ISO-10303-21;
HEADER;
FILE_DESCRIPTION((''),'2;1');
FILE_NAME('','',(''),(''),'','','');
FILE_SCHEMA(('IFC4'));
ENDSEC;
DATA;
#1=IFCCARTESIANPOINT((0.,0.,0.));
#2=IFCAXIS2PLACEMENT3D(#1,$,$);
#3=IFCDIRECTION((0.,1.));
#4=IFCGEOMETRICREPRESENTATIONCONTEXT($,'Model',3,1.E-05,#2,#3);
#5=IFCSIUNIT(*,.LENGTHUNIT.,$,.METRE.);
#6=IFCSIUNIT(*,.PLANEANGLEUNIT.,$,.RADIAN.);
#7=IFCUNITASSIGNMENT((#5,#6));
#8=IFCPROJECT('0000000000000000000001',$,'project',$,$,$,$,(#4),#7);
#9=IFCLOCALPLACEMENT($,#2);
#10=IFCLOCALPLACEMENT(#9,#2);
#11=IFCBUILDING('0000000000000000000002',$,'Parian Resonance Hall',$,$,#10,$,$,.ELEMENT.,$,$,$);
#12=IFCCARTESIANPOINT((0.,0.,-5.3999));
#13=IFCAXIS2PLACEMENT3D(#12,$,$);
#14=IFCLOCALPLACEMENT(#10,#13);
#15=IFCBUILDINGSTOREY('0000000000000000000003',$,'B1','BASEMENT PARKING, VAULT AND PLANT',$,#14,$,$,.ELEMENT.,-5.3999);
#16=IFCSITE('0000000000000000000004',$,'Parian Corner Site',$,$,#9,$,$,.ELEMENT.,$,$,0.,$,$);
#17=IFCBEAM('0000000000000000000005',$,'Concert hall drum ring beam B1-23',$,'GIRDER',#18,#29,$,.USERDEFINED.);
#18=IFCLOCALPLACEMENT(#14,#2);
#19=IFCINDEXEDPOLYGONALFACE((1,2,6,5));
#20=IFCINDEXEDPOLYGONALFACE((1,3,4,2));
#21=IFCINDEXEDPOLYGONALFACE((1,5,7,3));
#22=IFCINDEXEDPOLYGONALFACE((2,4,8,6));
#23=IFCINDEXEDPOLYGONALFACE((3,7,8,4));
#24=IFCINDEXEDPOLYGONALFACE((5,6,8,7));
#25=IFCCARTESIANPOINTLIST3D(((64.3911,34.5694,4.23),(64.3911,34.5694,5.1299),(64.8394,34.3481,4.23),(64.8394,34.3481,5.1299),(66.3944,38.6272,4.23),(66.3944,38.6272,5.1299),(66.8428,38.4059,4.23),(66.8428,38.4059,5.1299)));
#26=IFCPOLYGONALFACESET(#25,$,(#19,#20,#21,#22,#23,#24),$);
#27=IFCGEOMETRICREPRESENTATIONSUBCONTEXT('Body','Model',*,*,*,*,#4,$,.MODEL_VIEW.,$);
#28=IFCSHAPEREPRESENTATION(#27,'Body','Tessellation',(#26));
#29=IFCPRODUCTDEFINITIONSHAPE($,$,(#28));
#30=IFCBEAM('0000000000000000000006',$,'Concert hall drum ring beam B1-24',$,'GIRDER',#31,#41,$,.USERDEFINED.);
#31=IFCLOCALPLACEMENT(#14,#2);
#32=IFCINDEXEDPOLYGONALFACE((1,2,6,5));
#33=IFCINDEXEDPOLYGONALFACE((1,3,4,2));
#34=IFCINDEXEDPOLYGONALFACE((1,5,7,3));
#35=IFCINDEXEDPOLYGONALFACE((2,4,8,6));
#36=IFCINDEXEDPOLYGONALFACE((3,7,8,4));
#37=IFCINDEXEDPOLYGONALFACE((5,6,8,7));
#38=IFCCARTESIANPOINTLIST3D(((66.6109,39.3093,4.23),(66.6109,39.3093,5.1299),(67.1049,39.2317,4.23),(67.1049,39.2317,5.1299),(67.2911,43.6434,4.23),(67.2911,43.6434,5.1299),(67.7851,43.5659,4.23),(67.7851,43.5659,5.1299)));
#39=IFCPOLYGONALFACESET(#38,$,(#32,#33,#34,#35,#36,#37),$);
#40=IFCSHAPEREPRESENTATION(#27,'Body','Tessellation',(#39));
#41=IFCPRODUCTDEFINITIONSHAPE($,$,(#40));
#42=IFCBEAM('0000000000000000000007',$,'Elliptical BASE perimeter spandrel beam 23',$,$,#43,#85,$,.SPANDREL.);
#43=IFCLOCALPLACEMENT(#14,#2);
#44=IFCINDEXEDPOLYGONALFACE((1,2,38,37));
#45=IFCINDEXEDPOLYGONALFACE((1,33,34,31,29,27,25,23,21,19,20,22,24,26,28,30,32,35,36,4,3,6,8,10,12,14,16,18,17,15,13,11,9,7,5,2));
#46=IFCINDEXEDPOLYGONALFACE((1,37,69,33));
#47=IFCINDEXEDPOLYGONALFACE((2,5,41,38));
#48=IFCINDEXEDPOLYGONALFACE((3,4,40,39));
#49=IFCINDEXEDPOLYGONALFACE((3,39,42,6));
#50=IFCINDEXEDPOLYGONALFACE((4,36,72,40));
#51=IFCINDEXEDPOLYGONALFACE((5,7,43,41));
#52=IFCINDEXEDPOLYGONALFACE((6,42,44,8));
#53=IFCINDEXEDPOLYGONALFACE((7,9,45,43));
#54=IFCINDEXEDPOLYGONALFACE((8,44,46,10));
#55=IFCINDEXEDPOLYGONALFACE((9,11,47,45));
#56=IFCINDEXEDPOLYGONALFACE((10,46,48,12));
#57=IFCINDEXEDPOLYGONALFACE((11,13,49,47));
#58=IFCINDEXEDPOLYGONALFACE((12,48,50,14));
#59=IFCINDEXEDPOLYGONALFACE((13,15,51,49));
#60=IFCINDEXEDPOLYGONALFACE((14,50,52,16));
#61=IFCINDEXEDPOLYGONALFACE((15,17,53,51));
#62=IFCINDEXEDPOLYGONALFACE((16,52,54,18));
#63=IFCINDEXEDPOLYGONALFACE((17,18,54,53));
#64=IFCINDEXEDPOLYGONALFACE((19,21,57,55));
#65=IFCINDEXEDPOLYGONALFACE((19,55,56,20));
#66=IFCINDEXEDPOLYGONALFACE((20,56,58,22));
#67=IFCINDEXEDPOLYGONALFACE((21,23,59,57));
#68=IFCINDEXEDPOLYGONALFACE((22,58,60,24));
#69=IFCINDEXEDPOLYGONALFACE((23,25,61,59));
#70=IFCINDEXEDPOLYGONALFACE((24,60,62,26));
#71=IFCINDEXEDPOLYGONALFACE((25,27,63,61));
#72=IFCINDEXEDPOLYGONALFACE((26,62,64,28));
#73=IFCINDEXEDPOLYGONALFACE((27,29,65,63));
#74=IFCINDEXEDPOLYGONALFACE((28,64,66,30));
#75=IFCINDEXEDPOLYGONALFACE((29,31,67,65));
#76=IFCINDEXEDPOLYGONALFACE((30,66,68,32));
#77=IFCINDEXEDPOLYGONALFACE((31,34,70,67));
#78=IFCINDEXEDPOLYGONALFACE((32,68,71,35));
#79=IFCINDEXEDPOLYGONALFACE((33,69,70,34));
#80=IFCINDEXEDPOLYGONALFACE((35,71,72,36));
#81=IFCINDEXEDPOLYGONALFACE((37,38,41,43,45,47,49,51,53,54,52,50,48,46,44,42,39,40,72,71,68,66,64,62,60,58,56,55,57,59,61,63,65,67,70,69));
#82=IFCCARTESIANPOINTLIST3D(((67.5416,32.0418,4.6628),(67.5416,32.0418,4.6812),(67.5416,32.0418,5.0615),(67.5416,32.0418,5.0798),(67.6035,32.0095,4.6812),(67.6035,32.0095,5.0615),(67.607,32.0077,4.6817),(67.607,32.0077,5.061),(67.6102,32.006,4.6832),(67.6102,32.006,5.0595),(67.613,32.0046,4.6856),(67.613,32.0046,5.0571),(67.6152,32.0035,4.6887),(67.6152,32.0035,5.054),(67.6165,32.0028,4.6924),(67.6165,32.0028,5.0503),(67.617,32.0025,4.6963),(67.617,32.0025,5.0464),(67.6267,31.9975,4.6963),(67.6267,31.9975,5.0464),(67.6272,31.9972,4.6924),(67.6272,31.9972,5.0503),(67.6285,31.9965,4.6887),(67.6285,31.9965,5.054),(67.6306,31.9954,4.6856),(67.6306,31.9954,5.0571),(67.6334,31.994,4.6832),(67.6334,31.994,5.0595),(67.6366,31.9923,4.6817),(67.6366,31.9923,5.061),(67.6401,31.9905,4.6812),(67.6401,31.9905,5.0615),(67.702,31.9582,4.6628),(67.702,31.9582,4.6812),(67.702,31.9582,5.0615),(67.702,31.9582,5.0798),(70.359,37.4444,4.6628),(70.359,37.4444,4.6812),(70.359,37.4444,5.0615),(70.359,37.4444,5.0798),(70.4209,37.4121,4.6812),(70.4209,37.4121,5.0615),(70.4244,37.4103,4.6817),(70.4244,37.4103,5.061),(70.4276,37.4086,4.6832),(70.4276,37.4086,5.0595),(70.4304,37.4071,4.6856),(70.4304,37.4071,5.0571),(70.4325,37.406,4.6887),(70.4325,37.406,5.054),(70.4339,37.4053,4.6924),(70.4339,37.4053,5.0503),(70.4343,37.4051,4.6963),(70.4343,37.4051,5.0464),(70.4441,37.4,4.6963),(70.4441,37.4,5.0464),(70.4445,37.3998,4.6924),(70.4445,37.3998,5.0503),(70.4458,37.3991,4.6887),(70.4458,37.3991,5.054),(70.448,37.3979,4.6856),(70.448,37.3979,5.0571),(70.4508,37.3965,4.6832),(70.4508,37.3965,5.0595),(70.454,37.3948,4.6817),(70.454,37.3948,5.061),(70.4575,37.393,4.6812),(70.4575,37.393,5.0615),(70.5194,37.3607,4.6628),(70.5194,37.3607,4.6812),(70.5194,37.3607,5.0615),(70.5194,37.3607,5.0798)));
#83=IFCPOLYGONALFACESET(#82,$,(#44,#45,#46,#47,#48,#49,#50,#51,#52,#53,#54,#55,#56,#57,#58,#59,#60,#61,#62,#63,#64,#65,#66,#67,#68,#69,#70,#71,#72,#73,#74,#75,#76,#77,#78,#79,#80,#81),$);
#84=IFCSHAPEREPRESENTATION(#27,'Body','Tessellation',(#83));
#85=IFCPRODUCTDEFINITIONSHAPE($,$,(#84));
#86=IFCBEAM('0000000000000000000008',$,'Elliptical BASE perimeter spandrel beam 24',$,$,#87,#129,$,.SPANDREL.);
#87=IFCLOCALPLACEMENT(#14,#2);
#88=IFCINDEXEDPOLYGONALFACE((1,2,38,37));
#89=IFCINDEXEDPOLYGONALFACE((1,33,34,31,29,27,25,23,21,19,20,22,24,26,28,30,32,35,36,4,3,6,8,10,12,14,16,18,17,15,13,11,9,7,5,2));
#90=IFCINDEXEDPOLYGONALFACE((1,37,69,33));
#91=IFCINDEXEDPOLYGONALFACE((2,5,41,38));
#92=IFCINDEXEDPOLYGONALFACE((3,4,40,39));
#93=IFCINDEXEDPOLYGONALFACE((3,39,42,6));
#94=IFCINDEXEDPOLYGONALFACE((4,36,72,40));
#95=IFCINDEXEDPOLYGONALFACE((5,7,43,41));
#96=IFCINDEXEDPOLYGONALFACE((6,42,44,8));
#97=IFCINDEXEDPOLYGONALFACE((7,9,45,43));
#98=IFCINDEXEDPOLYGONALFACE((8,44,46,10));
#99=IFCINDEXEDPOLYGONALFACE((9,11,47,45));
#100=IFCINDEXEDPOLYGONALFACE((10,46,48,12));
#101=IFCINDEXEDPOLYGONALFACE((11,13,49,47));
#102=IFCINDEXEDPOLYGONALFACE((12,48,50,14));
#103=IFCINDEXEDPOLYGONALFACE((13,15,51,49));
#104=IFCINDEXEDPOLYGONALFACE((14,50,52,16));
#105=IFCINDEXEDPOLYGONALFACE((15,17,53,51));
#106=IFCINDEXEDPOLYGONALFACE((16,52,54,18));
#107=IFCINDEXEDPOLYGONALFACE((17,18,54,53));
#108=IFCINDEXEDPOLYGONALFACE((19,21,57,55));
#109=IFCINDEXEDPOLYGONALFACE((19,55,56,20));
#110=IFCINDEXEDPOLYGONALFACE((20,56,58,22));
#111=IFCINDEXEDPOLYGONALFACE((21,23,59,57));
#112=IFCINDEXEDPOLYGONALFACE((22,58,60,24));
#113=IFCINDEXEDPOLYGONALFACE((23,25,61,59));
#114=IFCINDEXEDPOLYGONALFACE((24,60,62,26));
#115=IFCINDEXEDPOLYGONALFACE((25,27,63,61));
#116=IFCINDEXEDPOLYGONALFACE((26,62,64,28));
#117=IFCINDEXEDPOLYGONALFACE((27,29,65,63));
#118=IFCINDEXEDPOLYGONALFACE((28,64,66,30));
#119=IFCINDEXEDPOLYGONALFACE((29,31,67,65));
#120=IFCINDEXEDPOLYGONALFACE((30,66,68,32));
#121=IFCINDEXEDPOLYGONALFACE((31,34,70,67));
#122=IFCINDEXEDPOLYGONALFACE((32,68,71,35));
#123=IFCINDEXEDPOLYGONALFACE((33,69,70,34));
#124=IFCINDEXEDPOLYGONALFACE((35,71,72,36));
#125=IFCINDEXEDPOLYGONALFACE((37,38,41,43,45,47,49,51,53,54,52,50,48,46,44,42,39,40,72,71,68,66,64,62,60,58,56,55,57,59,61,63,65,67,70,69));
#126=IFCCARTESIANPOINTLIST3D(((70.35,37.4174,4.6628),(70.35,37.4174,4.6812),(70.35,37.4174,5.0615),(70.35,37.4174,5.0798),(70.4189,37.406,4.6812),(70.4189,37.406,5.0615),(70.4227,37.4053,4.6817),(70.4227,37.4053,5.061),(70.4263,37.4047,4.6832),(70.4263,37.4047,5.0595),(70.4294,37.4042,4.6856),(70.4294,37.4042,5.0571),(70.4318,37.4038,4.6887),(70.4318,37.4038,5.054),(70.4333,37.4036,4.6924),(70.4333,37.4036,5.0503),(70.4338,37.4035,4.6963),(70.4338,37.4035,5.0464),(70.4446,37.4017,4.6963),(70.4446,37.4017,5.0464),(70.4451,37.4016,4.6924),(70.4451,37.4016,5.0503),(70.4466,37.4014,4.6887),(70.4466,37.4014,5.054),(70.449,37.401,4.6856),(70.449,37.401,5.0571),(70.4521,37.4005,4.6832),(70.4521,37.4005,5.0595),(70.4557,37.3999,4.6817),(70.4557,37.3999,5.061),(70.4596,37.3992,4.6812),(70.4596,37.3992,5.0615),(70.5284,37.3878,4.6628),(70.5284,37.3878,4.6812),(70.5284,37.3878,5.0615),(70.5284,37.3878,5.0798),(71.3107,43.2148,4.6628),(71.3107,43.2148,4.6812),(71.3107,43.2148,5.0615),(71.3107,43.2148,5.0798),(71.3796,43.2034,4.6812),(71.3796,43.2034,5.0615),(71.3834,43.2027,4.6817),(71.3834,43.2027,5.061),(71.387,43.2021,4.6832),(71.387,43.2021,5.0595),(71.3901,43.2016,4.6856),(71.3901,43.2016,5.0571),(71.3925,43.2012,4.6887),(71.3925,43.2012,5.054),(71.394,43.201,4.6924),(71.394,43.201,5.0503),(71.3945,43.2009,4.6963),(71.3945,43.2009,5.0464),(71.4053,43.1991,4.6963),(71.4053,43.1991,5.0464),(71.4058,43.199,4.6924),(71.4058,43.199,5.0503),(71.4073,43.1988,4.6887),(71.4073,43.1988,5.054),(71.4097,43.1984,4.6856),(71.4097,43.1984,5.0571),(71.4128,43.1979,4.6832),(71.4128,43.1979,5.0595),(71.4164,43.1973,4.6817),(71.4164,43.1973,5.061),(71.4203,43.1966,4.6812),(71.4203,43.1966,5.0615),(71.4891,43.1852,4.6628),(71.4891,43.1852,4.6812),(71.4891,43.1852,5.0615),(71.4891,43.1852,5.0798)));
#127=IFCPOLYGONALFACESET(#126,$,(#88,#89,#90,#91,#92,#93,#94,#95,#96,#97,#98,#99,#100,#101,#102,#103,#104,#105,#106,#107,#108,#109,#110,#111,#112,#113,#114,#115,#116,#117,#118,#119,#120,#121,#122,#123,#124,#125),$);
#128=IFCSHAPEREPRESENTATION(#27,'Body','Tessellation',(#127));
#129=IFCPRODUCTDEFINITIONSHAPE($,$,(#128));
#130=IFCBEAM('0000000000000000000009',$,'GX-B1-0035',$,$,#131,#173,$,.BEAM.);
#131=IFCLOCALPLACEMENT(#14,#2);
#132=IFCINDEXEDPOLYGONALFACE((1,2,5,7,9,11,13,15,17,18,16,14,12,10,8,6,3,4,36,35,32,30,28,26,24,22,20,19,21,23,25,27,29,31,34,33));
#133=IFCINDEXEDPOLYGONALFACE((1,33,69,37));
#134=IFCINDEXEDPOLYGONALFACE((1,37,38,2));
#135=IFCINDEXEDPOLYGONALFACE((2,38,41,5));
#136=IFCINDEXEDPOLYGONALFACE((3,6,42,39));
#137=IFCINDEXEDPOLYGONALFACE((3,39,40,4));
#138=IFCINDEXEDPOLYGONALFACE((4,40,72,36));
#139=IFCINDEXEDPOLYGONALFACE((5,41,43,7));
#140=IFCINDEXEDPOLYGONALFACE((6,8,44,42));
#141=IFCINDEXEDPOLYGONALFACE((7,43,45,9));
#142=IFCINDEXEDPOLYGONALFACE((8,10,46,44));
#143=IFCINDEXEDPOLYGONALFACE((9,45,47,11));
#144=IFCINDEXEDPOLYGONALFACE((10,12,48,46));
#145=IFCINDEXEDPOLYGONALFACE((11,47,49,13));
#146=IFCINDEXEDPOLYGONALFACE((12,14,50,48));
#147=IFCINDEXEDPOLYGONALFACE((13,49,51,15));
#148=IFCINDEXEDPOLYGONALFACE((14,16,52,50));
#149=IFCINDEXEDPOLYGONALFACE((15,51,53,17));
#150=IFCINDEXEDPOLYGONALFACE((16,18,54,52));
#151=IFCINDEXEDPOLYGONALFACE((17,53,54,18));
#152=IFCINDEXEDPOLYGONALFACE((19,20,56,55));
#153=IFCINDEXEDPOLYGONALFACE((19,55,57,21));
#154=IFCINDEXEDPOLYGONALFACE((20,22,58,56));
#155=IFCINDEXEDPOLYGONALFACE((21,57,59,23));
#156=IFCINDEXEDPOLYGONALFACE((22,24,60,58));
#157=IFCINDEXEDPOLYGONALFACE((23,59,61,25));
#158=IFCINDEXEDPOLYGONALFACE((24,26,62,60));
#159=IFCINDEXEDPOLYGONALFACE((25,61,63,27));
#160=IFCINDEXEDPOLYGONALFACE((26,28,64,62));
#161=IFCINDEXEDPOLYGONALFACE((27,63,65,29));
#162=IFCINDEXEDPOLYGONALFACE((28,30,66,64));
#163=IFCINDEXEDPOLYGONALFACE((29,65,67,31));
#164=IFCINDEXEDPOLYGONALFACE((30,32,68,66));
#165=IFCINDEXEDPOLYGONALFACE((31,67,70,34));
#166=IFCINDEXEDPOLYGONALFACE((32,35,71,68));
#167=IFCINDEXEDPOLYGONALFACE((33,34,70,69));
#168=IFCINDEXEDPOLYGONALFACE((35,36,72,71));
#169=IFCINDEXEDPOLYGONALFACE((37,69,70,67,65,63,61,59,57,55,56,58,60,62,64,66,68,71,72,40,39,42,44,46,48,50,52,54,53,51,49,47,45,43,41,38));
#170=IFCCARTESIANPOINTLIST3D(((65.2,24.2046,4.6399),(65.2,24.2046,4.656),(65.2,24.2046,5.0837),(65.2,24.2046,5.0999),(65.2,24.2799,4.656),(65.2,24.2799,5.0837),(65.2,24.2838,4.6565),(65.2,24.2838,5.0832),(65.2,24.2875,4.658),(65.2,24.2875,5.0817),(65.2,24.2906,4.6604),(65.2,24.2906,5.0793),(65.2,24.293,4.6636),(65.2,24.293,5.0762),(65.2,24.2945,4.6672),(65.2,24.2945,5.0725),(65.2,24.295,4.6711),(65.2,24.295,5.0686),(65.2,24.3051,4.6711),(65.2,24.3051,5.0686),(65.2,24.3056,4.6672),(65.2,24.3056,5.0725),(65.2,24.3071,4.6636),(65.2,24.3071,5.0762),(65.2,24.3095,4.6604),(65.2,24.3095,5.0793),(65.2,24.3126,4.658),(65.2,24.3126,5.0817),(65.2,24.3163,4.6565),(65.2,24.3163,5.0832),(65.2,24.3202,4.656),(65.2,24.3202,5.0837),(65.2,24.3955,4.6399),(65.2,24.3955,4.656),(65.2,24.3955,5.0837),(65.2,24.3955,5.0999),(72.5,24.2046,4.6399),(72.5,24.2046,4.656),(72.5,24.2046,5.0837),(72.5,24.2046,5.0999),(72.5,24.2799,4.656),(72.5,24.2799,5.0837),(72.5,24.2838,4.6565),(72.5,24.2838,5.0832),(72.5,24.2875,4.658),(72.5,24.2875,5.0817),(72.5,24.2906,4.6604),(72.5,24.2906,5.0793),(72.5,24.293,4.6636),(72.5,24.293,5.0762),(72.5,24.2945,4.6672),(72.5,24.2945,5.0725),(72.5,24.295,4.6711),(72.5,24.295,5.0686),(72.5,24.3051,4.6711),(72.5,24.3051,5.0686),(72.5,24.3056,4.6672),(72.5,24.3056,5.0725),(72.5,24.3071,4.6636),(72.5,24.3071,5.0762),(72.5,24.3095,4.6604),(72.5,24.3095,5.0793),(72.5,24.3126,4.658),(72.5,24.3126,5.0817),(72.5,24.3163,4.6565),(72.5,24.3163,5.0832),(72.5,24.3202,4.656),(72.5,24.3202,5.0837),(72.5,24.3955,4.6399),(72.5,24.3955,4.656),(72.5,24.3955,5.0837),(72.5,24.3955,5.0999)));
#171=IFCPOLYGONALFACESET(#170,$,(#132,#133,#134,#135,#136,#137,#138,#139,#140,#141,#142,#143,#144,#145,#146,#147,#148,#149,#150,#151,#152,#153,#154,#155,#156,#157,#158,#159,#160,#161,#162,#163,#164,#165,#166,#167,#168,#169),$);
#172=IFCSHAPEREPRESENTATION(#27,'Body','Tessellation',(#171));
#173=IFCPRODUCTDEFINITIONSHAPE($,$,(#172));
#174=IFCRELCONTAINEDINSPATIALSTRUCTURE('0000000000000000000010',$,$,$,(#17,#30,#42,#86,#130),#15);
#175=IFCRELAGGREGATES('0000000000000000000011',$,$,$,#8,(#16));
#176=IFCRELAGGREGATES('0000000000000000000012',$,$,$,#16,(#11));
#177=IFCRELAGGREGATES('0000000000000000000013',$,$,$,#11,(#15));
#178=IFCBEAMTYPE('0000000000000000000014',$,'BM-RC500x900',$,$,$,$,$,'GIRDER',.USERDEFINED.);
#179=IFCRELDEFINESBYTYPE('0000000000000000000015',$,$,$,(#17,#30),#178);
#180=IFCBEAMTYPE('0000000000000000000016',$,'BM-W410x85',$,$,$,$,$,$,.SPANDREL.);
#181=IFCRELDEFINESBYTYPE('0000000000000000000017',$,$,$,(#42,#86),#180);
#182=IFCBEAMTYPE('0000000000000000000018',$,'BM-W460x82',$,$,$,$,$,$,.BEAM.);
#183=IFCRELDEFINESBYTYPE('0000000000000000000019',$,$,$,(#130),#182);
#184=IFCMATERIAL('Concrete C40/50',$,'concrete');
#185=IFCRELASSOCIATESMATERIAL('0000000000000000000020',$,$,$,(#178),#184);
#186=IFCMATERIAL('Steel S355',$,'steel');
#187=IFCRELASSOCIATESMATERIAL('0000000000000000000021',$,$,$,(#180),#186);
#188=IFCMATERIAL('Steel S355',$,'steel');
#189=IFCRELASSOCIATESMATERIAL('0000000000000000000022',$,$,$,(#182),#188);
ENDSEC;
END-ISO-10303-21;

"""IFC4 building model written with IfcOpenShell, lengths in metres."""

from ifc_helpers import new_model, si_unit, direction, frame, origin, origin_2d, place, context, subcontext, project, spatial, rectangle, i_section, extrude, material, material_profile, profile_set, type_object, element, save


model = new_model("IFC4")

# Units and contexts
model_context = context("Model", 3, precision=1e-05, world=origin(), true_north=direction((0.0, 1.0)))
body_context = subcontext(model_context, "Body", "Model", "MODEL_VIEW")
ifc_project = project(units=[si_unit("LENGTHUNIT", "METRE"), si_unit("PLANEANGLEUNIT", "RADIAN")], contexts=[model_context])

# Site, building, storey
site_placement = place(None, origin())
site = spatial("IfcSite", under=ifc_project, at=site_placement, Name="Parian Corner Site", CompositionType="ELEMENT", RefElevation=0.0)
building_placement = place(site_placement, origin())
building = spatial("IfcBuilding", under=site, at=building_placement, Name="Parian Resonance Hall", CompositionType="ELEMENT")
storey_placement = place(building_placement, frame((0.0, 0.0, -5.3999)))
storey = spatial("IfcBuildingStorey", under=building, at=storey_placement, Name="B1", Description="BASEMENT PARKING, VAULT AND PLANT", CompositionType="ELEMENT", Elevation=-5.3999)

# Beams
ifc_material_1 = material(Name="Concrete C40/50", Category="concrete")
ifc_material_profile_1 = material_profile(ifc_material_1, rectangle(XDim=0.5, YDim=0.8999, at=origin_2d()), Name="RC-BM-500x900")
ifc_profile_set_1 = profile_set([ifc_material_profile_1], Name="Concrete C40/50")
beam_type_1 = type_object("IfcBeamType", Name="BM-RC500x900", ElementType="GIRDER", PredefinedType="USERDEFINED", material=ifc_profile_set_1)
beam_1_placement = place(storey_placement, frame((64.6152, 34.4587, 4.6799), z_axis=(0.442698, 0.896671, 0.0), x_axis=(-0.896671, 0.442698, 0.0)))
element("IfcBeam", 1, at=beam_1_placement, inside=storey, type_object=beam_type_1, Name="Concert hall drum ring beam B1-23", ObjectType="GIRDER", PredefinedType="USERDEFINED", context=body_context, shape_type="SweptSolid", body=[
    extrude(rectangle(XDim=0.5, YDim=0.8999, at=origin_2d()), origin(), (0.0, 0.0, 1.0), 4.5254),
])
beam_2_placement = place(storey_placement, frame((66.8579, 39.2705, 4.6799), z_axis=(0.155034, 0.987909, 0.0), x_axis=(-0.987909, 0.155034, 0.0)))
element("IfcBeam", 2, at=beam_2_placement, inside=storey, type_object=beam_type_1, Name="Concert hall drum ring beam B1-24", ObjectType="GIRDER", PredefinedType="USERDEFINED", context=body_context, shape_type="SweptSolid", body=[
    extrude(rectangle(XDim=0.5, YDim=0.8999, at=origin_2d()), origin(), (0.0, 0.0, 1.0), 4.3872),
])
ifc_material_2 = material(Name="Steel S355", Category="steel")
ifc_material_profile_2 = material_profile(ifc_material_2, i_section(OverallWidth=0.1809, OverallDepth=0.417, WebThickness=0.011, FlangeThickness=0.0183, FilletRadius=0.0151, at=origin_2d()), Name="W410x85")
ifc_profile_set_2 = profile_set([ifc_material_profile_2], Name="Steel S355")
beam_type_2 = type_object("IfcBeamType", Name="BM-W410x85", PredefinedType="SPANDREL", material=ifc_profile_set_2)
beam_3_placement = place(storey_placement, frame((67.6218, 32.0, 4.8713), z_axis=(0.462391, 0.886676, 0.0), x_axis=(-0.886676, 0.462391, 0.0)))
element("IfcBeam", 3, at=beam_3_placement, inside=storey, type_object=beam_type_2, Name="Elliptical BASE perimeter spandrel beam 23", PredefinedType="SPANDREL", context=body_context, shape_type="SweptSolid", body=[
    extrude(i_section(OverallWidth=0.1809, OverallDepth=0.417, WebThickness=0.011, FlangeThickness=0.0183, FilletRadius=0.0151, at=origin_2d()), origin(), (0.0, 0.0, 1.0), 6.093),
])
beam_4_placement = place(storey_placement, frame((70.4392, 37.4026, 4.8713), z_axis=(0.163483, 0.986546, 0.0), x_axis=(-0.986546, 0.163483, 0.0)))
element("IfcBeam", 4, at=beam_4_placement, inside=storey, type_object=beam_type_2, Name="Elliptical BASE perimeter spandrel beam 24", PredefinedType="SPANDREL", context=body_context, shape_type="SweptSolid", body=[
    extrude(i_section(OverallWidth=0.1809, OverallDepth=0.417, WebThickness=0.011, FlangeThickness=0.0183, FilletRadius=0.0151, at=origin_2d()), origin(), (0.0, 0.0, 1.0), 5.8765),
])
ifc_material_3 = material(Name="Steel S355", Category="steel")
ifc_material_profile_3 = material_profile(ifc_material_3, i_section(OverallWidth=0.1909, OverallDepth=0.46, WebThickness=0.01, FlangeThickness=0.0161, FilletRadius=0.0151, at=origin_2d()), Name="W460x82")
ifc_profile_set_3 = profile_set([ifc_material_profile_3], Name="Steel S355")
beam_type_3 = type_object("IfcBeamType", Name="BM-W460x82", PredefinedType="BEAM", material=ifc_profile_set_3)
beam_5_placement = place(storey_placement, frame((65.2, 24.3, 4.8699), z_axis=(1.0, 0.0, 0.0), x_axis=(0.0, 1.0, 0.0)))
element("IfcBeam", 5, at=beam_5_placement, inside=storey, type_object=beam_type_3, Name="GX-B1-0035", PredefinedType="BEAM", context=body_context, shape_type="SweptSolid", body=[
    extrude(i_section(OverallWidth=0.1909, OverallDepth=0.46, WebThickness=0.01, FlangeThickness=0.0161, FilletRadius=0.0151, at=origin_2d()), origin(), (0.0, 0.0, 1.0), 7.3),
])

save(model, "model.ifc")
